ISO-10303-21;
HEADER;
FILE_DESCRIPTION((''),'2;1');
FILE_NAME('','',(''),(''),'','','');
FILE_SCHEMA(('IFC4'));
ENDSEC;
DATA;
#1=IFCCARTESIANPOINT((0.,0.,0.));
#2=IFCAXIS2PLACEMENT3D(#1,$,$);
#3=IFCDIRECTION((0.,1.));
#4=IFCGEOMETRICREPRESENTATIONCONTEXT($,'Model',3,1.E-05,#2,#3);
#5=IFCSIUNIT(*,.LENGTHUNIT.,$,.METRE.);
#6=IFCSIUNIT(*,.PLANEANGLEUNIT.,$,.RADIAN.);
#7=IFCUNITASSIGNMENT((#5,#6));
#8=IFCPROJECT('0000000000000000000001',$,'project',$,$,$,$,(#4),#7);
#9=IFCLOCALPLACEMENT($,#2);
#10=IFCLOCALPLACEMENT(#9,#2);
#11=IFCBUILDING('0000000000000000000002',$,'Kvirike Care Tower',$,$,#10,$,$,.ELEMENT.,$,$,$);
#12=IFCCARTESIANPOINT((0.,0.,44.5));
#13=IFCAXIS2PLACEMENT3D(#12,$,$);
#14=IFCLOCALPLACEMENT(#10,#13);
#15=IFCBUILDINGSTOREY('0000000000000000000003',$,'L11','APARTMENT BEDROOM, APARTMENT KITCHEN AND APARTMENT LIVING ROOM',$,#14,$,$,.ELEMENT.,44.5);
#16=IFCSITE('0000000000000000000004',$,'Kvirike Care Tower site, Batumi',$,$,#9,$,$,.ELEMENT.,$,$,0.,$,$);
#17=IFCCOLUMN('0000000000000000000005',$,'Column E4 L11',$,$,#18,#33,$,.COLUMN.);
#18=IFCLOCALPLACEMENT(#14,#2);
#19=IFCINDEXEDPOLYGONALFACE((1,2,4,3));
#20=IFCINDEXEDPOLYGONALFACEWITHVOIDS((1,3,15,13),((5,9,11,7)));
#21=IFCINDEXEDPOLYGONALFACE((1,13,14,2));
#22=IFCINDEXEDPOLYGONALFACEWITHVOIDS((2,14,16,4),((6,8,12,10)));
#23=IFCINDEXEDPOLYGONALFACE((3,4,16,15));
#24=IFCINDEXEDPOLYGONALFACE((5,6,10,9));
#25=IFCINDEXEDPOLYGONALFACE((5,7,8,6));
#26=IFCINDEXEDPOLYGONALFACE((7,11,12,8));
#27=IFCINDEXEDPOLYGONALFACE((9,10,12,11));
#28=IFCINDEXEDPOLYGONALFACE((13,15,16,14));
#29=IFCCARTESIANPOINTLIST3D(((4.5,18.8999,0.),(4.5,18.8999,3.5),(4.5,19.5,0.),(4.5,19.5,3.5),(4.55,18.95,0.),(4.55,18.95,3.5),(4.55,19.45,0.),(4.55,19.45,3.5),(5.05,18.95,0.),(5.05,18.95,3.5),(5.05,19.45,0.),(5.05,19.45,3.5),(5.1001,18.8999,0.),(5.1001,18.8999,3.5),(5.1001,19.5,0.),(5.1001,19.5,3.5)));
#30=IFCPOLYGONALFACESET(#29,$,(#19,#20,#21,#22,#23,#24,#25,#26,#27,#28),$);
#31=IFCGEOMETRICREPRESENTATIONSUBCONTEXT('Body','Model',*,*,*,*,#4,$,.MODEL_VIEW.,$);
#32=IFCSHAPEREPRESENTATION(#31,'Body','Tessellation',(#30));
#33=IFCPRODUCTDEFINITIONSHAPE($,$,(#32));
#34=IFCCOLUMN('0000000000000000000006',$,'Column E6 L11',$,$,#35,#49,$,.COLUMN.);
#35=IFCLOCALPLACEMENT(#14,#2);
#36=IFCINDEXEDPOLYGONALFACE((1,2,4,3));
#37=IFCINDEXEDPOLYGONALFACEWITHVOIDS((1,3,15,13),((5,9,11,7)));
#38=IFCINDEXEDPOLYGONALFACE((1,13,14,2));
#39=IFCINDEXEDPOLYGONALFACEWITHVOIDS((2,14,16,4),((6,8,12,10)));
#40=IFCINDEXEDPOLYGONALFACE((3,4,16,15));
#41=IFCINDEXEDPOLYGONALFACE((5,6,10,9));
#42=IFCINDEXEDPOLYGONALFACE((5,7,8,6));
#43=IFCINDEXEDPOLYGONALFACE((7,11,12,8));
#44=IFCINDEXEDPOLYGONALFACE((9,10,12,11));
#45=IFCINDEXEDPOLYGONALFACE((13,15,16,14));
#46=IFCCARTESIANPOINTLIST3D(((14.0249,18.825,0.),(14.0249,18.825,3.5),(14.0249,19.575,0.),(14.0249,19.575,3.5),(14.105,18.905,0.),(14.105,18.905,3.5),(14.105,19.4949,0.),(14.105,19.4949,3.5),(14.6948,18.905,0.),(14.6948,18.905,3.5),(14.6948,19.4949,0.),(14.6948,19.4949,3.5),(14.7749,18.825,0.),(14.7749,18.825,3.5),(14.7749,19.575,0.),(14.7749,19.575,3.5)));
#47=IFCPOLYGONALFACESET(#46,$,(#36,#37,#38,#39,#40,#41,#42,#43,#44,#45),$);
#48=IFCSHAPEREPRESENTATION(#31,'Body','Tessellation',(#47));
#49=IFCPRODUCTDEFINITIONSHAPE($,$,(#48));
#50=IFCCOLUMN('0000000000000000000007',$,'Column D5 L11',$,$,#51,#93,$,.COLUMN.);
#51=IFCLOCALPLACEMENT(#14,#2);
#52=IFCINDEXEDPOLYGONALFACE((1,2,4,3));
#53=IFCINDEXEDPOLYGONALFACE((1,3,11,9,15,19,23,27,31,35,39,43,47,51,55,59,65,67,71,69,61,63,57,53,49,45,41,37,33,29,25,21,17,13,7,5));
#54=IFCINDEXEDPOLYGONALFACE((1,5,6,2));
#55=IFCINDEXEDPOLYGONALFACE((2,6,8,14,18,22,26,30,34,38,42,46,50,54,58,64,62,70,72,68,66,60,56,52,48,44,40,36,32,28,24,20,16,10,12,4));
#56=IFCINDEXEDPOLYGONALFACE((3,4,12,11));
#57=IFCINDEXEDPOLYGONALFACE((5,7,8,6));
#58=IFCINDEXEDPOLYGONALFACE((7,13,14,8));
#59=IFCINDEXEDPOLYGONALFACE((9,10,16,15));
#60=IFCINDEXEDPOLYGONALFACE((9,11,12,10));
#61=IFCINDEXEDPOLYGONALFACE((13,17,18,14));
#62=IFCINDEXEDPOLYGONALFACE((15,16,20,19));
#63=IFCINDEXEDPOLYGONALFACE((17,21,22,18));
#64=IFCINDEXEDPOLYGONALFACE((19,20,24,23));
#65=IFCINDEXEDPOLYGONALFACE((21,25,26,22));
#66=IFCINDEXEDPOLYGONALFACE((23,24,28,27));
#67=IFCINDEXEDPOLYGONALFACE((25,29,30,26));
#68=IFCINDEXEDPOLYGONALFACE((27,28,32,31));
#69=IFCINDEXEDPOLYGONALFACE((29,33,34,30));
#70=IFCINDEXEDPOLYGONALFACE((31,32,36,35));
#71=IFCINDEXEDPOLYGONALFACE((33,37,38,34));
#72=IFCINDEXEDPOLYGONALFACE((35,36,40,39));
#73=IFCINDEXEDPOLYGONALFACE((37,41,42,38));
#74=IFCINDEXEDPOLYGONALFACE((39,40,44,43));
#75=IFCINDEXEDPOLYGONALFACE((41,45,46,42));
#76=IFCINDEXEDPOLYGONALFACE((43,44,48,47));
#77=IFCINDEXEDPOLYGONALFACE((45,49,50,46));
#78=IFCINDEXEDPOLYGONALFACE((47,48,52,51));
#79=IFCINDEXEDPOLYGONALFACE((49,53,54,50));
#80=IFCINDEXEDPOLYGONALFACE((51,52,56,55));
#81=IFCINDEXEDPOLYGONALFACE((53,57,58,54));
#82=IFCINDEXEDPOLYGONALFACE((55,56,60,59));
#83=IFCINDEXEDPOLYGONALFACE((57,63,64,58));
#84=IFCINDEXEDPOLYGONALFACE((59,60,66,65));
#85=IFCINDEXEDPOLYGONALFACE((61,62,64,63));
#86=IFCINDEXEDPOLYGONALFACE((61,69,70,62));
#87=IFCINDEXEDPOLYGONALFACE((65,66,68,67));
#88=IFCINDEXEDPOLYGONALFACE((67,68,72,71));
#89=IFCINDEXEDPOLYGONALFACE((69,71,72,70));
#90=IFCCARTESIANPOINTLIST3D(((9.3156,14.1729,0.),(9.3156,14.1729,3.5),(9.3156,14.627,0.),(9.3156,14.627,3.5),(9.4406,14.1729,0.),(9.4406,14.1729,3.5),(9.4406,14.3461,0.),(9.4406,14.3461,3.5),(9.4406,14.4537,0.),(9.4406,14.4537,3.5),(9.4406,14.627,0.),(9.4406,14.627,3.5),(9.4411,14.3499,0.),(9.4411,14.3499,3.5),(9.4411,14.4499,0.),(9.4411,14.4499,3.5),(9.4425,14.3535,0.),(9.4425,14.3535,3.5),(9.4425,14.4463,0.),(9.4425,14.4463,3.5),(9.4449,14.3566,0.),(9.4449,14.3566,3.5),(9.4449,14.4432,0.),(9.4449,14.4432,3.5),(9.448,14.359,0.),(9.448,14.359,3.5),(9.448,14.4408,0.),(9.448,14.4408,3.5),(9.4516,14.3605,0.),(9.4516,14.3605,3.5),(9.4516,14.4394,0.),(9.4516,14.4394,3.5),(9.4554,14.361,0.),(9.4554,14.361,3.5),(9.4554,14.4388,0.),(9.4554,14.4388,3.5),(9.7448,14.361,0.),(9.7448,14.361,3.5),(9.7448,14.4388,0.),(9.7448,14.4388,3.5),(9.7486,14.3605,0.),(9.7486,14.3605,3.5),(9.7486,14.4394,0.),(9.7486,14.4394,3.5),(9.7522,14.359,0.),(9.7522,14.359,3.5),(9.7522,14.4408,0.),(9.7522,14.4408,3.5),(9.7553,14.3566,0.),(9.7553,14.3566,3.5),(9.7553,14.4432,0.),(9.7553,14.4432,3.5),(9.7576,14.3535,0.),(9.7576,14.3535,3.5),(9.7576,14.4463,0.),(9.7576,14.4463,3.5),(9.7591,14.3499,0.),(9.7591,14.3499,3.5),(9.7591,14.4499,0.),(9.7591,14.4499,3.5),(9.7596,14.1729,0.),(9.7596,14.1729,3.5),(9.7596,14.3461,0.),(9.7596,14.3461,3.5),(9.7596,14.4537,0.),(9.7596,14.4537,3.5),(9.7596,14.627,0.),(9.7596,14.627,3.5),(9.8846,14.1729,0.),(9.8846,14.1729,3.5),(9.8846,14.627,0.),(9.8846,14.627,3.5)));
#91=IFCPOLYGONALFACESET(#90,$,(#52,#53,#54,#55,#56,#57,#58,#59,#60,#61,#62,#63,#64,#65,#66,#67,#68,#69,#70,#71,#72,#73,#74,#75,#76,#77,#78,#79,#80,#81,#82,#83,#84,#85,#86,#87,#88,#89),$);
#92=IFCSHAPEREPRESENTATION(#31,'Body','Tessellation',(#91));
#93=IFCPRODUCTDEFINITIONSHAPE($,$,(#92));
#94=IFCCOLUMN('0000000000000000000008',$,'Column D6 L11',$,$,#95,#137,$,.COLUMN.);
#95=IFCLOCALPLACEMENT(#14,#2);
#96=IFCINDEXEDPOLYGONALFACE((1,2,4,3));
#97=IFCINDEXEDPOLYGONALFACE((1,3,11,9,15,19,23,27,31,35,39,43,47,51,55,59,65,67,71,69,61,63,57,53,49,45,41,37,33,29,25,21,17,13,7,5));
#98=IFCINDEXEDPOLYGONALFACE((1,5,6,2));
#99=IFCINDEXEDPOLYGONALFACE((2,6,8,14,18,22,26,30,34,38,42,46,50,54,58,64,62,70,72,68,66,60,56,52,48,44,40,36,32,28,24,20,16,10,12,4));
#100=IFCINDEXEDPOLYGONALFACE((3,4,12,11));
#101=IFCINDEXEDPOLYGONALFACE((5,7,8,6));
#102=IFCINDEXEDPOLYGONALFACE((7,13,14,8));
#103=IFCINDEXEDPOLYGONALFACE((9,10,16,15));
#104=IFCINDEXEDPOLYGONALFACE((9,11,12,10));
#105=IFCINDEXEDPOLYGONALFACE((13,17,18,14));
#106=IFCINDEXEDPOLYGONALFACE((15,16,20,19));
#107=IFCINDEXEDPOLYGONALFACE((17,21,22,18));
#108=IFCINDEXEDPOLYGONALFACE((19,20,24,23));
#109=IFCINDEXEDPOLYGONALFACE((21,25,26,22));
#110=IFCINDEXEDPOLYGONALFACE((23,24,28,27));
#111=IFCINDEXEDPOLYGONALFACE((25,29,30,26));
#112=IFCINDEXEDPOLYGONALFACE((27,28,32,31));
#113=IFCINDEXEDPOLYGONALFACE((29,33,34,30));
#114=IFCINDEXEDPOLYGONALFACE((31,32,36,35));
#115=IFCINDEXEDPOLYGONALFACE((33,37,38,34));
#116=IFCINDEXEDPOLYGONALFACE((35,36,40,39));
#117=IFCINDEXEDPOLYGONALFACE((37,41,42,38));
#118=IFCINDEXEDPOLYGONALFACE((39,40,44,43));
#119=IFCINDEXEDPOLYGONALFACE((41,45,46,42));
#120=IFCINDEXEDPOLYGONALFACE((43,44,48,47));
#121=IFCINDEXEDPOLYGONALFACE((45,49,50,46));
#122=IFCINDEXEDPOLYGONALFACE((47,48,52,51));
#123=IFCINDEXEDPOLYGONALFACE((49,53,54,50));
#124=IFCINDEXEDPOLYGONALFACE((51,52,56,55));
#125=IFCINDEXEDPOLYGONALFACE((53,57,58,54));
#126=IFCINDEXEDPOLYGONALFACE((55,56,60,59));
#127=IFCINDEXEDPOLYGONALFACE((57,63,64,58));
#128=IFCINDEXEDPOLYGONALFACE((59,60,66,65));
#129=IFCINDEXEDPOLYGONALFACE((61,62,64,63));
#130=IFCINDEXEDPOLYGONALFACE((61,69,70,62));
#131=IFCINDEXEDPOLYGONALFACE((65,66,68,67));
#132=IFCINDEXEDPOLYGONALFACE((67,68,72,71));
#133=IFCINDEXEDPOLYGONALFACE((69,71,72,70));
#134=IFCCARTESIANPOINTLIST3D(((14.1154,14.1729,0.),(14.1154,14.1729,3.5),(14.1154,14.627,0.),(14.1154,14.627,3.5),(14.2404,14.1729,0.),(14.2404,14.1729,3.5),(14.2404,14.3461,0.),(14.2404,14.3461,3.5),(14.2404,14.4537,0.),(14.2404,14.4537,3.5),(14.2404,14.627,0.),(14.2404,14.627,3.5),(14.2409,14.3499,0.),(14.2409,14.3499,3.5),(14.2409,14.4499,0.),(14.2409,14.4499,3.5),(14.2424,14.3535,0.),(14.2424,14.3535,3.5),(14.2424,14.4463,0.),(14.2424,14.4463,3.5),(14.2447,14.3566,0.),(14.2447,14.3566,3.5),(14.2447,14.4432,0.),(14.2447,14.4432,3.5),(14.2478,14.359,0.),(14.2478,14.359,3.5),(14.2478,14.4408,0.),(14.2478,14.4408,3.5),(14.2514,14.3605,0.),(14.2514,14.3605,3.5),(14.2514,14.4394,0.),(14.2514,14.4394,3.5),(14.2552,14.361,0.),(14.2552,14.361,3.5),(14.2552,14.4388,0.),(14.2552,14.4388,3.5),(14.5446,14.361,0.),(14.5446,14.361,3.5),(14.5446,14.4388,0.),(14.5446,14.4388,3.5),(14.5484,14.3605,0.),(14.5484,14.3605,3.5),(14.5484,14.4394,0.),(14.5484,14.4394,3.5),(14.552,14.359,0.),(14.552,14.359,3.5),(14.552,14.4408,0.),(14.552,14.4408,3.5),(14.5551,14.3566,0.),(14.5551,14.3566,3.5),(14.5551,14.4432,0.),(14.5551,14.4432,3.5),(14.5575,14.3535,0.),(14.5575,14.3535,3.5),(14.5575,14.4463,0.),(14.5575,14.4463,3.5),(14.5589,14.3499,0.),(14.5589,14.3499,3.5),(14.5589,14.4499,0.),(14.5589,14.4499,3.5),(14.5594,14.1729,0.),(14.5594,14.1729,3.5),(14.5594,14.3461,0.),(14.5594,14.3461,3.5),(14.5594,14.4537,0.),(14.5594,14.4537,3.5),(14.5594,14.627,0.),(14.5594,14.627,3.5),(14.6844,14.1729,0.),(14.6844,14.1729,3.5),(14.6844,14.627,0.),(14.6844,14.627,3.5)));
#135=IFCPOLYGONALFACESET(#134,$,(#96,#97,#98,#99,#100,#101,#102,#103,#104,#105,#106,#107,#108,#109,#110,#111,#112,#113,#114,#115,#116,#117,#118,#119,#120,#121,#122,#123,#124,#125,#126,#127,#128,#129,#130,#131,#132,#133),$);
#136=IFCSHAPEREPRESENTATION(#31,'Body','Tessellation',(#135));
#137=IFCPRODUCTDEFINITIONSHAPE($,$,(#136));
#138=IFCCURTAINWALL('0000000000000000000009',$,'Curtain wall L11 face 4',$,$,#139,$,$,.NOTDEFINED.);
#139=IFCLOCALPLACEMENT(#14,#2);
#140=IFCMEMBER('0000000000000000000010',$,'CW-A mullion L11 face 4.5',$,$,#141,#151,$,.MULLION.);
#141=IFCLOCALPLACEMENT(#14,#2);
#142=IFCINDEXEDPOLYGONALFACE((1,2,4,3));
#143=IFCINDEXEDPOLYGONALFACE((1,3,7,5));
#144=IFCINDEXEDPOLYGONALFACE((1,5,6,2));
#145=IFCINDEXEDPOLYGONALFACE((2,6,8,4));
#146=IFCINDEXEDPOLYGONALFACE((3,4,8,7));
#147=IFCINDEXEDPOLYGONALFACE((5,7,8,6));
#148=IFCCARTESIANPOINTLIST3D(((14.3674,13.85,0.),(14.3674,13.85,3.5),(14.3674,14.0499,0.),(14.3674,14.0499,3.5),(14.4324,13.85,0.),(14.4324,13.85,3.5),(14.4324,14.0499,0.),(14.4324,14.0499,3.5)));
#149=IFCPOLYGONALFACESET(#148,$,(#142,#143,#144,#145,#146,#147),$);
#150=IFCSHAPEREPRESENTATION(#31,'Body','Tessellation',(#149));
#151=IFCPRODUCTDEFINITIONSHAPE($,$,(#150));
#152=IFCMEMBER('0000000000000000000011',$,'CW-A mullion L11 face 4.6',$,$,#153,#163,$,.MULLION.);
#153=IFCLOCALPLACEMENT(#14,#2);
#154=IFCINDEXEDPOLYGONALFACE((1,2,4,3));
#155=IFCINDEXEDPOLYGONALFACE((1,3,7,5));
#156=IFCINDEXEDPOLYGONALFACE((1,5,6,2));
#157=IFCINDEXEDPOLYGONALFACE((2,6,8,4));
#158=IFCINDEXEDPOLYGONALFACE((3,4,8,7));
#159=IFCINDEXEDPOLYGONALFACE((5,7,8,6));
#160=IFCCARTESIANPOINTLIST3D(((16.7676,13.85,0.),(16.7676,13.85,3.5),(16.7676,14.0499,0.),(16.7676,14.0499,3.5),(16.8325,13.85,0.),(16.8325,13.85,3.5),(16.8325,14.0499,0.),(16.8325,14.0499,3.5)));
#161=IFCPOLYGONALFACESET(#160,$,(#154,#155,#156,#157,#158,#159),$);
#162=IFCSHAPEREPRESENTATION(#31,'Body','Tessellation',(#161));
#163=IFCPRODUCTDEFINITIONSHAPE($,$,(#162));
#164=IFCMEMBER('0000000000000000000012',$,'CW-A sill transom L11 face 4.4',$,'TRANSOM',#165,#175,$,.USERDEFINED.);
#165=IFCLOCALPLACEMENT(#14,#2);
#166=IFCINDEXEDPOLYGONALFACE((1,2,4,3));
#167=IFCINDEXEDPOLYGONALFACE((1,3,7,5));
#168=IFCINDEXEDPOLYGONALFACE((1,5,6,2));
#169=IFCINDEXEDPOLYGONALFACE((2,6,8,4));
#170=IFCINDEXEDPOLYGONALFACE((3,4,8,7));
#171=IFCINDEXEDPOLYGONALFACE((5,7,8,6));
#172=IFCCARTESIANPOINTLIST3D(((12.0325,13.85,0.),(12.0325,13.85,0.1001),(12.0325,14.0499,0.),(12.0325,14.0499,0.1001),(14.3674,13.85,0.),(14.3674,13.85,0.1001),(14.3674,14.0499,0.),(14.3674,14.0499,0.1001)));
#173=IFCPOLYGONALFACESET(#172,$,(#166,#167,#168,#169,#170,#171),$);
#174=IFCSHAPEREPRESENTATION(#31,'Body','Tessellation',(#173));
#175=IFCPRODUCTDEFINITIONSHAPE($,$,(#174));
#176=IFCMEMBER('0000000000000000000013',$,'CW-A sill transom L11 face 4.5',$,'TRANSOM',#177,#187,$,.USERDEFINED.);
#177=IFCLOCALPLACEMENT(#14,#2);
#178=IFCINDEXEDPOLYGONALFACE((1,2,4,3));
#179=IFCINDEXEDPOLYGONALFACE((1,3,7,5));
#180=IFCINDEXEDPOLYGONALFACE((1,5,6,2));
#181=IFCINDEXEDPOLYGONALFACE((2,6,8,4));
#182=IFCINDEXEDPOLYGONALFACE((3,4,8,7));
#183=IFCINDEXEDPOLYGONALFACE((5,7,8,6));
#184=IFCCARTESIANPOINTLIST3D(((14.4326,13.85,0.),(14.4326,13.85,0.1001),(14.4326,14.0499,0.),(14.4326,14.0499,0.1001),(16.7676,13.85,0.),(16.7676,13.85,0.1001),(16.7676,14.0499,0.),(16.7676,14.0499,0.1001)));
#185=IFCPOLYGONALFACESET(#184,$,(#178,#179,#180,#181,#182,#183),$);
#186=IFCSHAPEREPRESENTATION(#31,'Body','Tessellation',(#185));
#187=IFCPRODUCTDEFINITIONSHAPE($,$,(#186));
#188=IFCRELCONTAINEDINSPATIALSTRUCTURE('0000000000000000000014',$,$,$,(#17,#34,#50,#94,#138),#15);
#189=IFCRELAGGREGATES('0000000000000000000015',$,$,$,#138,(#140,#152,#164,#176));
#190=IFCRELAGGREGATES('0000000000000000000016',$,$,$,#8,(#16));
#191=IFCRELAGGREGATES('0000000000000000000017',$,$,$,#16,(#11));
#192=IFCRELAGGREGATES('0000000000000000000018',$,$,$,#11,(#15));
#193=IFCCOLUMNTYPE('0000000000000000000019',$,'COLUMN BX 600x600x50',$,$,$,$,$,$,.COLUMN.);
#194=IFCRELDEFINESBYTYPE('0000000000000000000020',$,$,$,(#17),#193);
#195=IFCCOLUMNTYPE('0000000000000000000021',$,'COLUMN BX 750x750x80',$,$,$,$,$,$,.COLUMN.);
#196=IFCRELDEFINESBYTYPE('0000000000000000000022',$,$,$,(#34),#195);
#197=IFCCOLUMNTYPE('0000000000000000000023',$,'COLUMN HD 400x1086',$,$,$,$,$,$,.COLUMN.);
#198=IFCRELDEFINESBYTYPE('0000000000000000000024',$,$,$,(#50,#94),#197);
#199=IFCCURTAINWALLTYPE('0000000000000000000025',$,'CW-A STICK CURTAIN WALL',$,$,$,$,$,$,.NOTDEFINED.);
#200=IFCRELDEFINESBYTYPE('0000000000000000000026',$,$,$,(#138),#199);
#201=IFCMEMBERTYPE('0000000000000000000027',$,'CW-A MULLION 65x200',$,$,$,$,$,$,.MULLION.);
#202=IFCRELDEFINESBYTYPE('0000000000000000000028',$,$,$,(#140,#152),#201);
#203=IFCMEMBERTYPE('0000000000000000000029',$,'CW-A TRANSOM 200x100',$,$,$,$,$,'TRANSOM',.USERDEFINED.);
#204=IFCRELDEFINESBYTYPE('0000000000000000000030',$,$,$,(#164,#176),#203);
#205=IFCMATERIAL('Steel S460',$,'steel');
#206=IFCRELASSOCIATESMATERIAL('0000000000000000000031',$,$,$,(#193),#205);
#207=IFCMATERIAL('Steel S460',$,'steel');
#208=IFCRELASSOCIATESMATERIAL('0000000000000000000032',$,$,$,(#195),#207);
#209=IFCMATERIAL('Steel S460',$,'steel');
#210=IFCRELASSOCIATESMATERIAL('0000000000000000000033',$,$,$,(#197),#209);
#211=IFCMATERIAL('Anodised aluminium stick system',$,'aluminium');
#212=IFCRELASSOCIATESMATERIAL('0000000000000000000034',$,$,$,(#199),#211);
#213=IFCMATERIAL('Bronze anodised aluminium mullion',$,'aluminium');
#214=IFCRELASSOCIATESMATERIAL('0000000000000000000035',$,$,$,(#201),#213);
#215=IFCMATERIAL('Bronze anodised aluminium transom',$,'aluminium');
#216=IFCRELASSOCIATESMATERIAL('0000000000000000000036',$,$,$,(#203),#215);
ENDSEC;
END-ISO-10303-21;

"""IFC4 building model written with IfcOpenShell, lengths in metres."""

from ifc_helpers import new_model, si_unit, direction, frame, origin, origin_2d, place, context, subcontext, project, spatial, rectangle, hollow_rectangle, i_section, extrude, material, material_profile, profile_set, type_object, element, aggregate, save


model = new_model("IFC4")

# Units and contexts
model_context = context("Model", 3, precision=1e-05, world=origin(), true_north=direction((0.0, 1.0)))
body_context = subcontext(model_context, "Body", "Model", "MODEL_VIEW")
ifc_project = project(units=[si_unit("LENGTHUNIT", "METRE"), si_unit("PLANEANGLEUNIT", "RADIAN")], contexts=[model_context])

# Site, building, storey
site_placement = place(None, origin())
site = spatial("IfcSite", under=ifc_project, at=site_placement, Name="Kvirike Care Tower site, Batumi", CompositionType="ELEMENT", RefElevation=0.0)
building_placement = place(site_placement, origin())
building = spatial("IfcBuilding", under=site, at=building_placement, Name="Kvirike Care Tower", CompositionType="ELEMENT")
storey_placement = place(building_placement, frame((0.0, 0.0, 44.5)))
storey = spatial("IfcBuildingStorey", under=building, at=storey_placement, Name="L11", Description="APARTMENT BEDROOM, APARTMENT KITCHEN AND APARTMENT LIVING ROOM", CompositionType="ELEMENT", Elevation=44.5)

# Columns
ifc_material_1 = material(Name="Steel S460", Category="steel")
ifc_material_profile_1 = material_profile(ifc_material_1, hollow_rectangle(XDim=0.6001, YDim=0.6001, WallThickness=0.05, at=origin_2d()), Name="BX 600x600x50")
ifc_profile_set_1 = profile_set([ifc_material_profile_1], Name="Steel S460")
column_type_1 = type_object("IfcColumnType", Name="COLUMN BX 600x600x50", PredefinedType="COLUMN", material=ifc_profile_set_1)
column_1_placement = place(storey_placement, frame((4.8, 19.2, 0.0), z_axis=(0.0, 0.0, 1.0), x_axis=(0.0, 1.0, 0.0)))
element("IfcColumn", 1, at=column_1_placement, inside=storey, type_object=column_type_1, Name="Column E4 L11", PredefinedType="COLUMN", context=body_context, shape_type="SweptSolid", body=[
    extrude(hollow_rectangle(XDim=0.6001, YDim=0.6001, WallThickness=0.05, at=origin_2d()), origin(), (0.0, 0.0, 1.0), 3.5),
])
ifc_material_2 = material(Name="Steel S460", Category="steel")
ifc_material_profile_2 = material_profile(ifc_material_2, hollow_rectangle(XDim=0.75, YDim=0.75, WallThickness=0.0801, at=origin_2d()), Name="BX 750x750x80")
ifc_profile_set_2 = profile_set([ifc_material_profile_2], Name="Steel S460")
column_type_2 = type_object("IfcColumnType", Name="COLUMN BX 750x750x80", PredefinedType="COLUMN", material=ifc_profile_set_2)
column_2_placement = place(storey_placement, frame((14.3999, 19.2, 0.0), z_axis=(0.0, 0.0, 1.0), x_axis=(1.0, 0.0, 0.0)))
element("IfcColumn", 2, at=column_2_placement, inside=storey, type_object=column_type_2, Name="Column E6 L11", PredefinedType="COLUMN", context=body_context, shape_type="SweptSolid", body=[
    extrude(hollow_rectangle(XDim=0.75, YDim=0.75, WallThickness=0.0801, at=origin_2d()), origin(), (0.0, 0.0, 1.0), 3.5),
])
ifc_material_3 = material(Name="Steel S460", Category="steel")
ifc_material_profile_3 = material_profile(ifc_material_3, i_section(OverallWidth=0.4541, OverallDepth=0.5691, WebThickness=0.0779, FlangeThickness=0.125, FilletRadius=0.0149, at=origin_2d()), Name="HD 400x1086")
ifc_profile_set_3 = profile_set([ifc_material_profile_3], Name="Steel S460")
column_type_3 = type_object("IfcColumnType", Name="COLUMN HD 400x1086", PredefinedType="COLUMN", material=ifc_profile_set_3)
for number, where, z_axis, x_axis, name in (
    (3, (9.6001, 14.3999, 0.0), (0.0, 0.0, 1.0), (0.0, 1.0, 0.0), "Column D5 L11"),
    (4, (14.3999, 14.3999, 0.0), (0.0, 0.0, 1.0), (0.0, 1.0, 0.0), "Column D6 L11"),
):
    element("IfcColumn", number, at=place(storey_placement, frame(where, z_axis=z_axis, x_axis=x_axis)), inside=storey, type_object=column_type_3, Name=name, PredefinedType="COLUMN", context=body_context, shape_type="SweptSolid", body=[
        extrude(i_section(OverallWidth=0.4541, OverallDepth=0.5691, WebThickness=0.0779, FlangeThickness=0.125, FilletRadius=0.0149, at=origin_2d()), origin(), (0.0, 0.0, 1.0), 3.5),
    ])

# Curtain wall, members
ifc_material_4 = material(Name="Anodised aluminium stick system", Category="aluminium")
curtain_wall_type = type_object("IfcCurtainWallType", Name="CW-A STICK CURTAIN WALL", PredefinedType="NOTDEFINED", material=ifc_material_4)
curtain_wall_placement = place(storey_placement, origin())
curtain_wall = element("IfcCurtainWall", 5, at=curtain_wall_placement, inside=storey, type_object=curtain_wall_type, Name="Curtain wall L11 face 4", PredefinedType="NOTDEFINED")
ifc_material_5 = material(Name="Bronze anodised aluminium mullion", Category="aluminium")
ifc_material_profile_4 = material_profile(ifc_material_5, rectangle(XDim=0.0649, YDim=0.2, at=origin_2d()), Name="CW-A MULLION 65x200")
ifc_profile_set_4 = profile_set([ifc_material_profile_4], Name="Bronze anodised aluminium mullion")
member_type_1 = type_object("IfcMemberType", Name="CW-A MULLION 65x200", PredefinedType="MULLION", material=ifc_profile_set_4)
member_1_placement = place(storey_placement, frame((14.3999, 13.95, 0.0), z_axis=(0.0, 0.0, 1.0), x_axis=(1.0, 0.0, 0.0)))
member_1 = element("IfcMember", 6, at=member_1_placement, type_object=member_type_1, Name="CW-A mullion L11 face 4.5", PredefinedType="MULLION", context=body_context, shape_type="SweptSolid", body=[
    extrude(rectangle(XDim=0.0649, YDim=0.2, at=origin_2d()), origin(), (0.0, 0.0, 1.0), 3.5),
])
member_2_placement = place(storey_placement, frame((16.8, 13.95, 0.0), z_axis=(0.0, 0.0, 1.0), x_axis=(1.0, 0.0, 0.0)))
member_2 = element("IfcMember", 7, at=member_2_placement, type_object=member_type_1, Name="CW-A mullion L11 face 4.6", PredefinedType="MULLION", context=body_context, shape_type="SweptSolid", body=[
    extrude(rectangle(XDim=0.0649, YDim=0.2, at=origin_2d()), origin(), (0.0, 0.0, 1.0), 3.5),
])
ifc_material_6 = material(Name="Bronze anodised aluminium transom", Category="aluminium")
ifc_material_profile_5 = material_profile(ifc_material_6, rectangle(XDim=0.2, YDim=0.1001, at=origin_2d()), Name="CW-A TRANSOM 200x100")
ifc_profile_set_5 = profile_set([ifc_material_profile_5], Name="Bronze anodised aluminium transom")
member_type_2 = type_object("IfcMemberType", Name="CW-A TRANSOM 200x100", ElementType="TRANSOM", PredefinedType="USERDEFINED", material=ifc_profile_set_5)
member_3_placement = place(storey_placement, frame((12.0325, 13.95, 0.05), z_axis=(1.0, 0.0, 0.0), x_axis=(0.0, 1.0, 0.0)))
member_3 = element("IfcMember", 8, at=member_3_placement, type_object=member_type_2, Name="CW-A sill transom L11 face 4.4", ObjectType="TRANSOM", PredefinedType="USERDEFINED", context=body_context, shape_type="SweptSolid", body=[
    extrude(rectangle(XDim=0.2, YDim=0.1001, at=origin_2d()), origin(), (0.0, 0.0, 1.0), 2.335),
])
member_4_placement = place(storey_placement, frame((14.4326, 13.95, 0.05), z_axis=(1.0, 0.0, 0.0), x_axis=(0.0, 1.0, 0.0)))
member_4 = element("IfcMember", 9, at=member_4_placement, type_object=member_type_2, Name="CW-A sill transom L11 face 4.5", ObjectType="TRANSOM", PredefinedType="USERDEFINED", context=body_context, shape_type="SweptSolid", body=[
    extrude(rectangle(XDim=0.2, YDim=0.1001, at=origin_2d()), origin(), (0.0, 0.0, 1.0), 2.335),
])

aggregate(curtain_wall, [member_1, member_2, member_3, member_4])

save(model, "model.ifc")
